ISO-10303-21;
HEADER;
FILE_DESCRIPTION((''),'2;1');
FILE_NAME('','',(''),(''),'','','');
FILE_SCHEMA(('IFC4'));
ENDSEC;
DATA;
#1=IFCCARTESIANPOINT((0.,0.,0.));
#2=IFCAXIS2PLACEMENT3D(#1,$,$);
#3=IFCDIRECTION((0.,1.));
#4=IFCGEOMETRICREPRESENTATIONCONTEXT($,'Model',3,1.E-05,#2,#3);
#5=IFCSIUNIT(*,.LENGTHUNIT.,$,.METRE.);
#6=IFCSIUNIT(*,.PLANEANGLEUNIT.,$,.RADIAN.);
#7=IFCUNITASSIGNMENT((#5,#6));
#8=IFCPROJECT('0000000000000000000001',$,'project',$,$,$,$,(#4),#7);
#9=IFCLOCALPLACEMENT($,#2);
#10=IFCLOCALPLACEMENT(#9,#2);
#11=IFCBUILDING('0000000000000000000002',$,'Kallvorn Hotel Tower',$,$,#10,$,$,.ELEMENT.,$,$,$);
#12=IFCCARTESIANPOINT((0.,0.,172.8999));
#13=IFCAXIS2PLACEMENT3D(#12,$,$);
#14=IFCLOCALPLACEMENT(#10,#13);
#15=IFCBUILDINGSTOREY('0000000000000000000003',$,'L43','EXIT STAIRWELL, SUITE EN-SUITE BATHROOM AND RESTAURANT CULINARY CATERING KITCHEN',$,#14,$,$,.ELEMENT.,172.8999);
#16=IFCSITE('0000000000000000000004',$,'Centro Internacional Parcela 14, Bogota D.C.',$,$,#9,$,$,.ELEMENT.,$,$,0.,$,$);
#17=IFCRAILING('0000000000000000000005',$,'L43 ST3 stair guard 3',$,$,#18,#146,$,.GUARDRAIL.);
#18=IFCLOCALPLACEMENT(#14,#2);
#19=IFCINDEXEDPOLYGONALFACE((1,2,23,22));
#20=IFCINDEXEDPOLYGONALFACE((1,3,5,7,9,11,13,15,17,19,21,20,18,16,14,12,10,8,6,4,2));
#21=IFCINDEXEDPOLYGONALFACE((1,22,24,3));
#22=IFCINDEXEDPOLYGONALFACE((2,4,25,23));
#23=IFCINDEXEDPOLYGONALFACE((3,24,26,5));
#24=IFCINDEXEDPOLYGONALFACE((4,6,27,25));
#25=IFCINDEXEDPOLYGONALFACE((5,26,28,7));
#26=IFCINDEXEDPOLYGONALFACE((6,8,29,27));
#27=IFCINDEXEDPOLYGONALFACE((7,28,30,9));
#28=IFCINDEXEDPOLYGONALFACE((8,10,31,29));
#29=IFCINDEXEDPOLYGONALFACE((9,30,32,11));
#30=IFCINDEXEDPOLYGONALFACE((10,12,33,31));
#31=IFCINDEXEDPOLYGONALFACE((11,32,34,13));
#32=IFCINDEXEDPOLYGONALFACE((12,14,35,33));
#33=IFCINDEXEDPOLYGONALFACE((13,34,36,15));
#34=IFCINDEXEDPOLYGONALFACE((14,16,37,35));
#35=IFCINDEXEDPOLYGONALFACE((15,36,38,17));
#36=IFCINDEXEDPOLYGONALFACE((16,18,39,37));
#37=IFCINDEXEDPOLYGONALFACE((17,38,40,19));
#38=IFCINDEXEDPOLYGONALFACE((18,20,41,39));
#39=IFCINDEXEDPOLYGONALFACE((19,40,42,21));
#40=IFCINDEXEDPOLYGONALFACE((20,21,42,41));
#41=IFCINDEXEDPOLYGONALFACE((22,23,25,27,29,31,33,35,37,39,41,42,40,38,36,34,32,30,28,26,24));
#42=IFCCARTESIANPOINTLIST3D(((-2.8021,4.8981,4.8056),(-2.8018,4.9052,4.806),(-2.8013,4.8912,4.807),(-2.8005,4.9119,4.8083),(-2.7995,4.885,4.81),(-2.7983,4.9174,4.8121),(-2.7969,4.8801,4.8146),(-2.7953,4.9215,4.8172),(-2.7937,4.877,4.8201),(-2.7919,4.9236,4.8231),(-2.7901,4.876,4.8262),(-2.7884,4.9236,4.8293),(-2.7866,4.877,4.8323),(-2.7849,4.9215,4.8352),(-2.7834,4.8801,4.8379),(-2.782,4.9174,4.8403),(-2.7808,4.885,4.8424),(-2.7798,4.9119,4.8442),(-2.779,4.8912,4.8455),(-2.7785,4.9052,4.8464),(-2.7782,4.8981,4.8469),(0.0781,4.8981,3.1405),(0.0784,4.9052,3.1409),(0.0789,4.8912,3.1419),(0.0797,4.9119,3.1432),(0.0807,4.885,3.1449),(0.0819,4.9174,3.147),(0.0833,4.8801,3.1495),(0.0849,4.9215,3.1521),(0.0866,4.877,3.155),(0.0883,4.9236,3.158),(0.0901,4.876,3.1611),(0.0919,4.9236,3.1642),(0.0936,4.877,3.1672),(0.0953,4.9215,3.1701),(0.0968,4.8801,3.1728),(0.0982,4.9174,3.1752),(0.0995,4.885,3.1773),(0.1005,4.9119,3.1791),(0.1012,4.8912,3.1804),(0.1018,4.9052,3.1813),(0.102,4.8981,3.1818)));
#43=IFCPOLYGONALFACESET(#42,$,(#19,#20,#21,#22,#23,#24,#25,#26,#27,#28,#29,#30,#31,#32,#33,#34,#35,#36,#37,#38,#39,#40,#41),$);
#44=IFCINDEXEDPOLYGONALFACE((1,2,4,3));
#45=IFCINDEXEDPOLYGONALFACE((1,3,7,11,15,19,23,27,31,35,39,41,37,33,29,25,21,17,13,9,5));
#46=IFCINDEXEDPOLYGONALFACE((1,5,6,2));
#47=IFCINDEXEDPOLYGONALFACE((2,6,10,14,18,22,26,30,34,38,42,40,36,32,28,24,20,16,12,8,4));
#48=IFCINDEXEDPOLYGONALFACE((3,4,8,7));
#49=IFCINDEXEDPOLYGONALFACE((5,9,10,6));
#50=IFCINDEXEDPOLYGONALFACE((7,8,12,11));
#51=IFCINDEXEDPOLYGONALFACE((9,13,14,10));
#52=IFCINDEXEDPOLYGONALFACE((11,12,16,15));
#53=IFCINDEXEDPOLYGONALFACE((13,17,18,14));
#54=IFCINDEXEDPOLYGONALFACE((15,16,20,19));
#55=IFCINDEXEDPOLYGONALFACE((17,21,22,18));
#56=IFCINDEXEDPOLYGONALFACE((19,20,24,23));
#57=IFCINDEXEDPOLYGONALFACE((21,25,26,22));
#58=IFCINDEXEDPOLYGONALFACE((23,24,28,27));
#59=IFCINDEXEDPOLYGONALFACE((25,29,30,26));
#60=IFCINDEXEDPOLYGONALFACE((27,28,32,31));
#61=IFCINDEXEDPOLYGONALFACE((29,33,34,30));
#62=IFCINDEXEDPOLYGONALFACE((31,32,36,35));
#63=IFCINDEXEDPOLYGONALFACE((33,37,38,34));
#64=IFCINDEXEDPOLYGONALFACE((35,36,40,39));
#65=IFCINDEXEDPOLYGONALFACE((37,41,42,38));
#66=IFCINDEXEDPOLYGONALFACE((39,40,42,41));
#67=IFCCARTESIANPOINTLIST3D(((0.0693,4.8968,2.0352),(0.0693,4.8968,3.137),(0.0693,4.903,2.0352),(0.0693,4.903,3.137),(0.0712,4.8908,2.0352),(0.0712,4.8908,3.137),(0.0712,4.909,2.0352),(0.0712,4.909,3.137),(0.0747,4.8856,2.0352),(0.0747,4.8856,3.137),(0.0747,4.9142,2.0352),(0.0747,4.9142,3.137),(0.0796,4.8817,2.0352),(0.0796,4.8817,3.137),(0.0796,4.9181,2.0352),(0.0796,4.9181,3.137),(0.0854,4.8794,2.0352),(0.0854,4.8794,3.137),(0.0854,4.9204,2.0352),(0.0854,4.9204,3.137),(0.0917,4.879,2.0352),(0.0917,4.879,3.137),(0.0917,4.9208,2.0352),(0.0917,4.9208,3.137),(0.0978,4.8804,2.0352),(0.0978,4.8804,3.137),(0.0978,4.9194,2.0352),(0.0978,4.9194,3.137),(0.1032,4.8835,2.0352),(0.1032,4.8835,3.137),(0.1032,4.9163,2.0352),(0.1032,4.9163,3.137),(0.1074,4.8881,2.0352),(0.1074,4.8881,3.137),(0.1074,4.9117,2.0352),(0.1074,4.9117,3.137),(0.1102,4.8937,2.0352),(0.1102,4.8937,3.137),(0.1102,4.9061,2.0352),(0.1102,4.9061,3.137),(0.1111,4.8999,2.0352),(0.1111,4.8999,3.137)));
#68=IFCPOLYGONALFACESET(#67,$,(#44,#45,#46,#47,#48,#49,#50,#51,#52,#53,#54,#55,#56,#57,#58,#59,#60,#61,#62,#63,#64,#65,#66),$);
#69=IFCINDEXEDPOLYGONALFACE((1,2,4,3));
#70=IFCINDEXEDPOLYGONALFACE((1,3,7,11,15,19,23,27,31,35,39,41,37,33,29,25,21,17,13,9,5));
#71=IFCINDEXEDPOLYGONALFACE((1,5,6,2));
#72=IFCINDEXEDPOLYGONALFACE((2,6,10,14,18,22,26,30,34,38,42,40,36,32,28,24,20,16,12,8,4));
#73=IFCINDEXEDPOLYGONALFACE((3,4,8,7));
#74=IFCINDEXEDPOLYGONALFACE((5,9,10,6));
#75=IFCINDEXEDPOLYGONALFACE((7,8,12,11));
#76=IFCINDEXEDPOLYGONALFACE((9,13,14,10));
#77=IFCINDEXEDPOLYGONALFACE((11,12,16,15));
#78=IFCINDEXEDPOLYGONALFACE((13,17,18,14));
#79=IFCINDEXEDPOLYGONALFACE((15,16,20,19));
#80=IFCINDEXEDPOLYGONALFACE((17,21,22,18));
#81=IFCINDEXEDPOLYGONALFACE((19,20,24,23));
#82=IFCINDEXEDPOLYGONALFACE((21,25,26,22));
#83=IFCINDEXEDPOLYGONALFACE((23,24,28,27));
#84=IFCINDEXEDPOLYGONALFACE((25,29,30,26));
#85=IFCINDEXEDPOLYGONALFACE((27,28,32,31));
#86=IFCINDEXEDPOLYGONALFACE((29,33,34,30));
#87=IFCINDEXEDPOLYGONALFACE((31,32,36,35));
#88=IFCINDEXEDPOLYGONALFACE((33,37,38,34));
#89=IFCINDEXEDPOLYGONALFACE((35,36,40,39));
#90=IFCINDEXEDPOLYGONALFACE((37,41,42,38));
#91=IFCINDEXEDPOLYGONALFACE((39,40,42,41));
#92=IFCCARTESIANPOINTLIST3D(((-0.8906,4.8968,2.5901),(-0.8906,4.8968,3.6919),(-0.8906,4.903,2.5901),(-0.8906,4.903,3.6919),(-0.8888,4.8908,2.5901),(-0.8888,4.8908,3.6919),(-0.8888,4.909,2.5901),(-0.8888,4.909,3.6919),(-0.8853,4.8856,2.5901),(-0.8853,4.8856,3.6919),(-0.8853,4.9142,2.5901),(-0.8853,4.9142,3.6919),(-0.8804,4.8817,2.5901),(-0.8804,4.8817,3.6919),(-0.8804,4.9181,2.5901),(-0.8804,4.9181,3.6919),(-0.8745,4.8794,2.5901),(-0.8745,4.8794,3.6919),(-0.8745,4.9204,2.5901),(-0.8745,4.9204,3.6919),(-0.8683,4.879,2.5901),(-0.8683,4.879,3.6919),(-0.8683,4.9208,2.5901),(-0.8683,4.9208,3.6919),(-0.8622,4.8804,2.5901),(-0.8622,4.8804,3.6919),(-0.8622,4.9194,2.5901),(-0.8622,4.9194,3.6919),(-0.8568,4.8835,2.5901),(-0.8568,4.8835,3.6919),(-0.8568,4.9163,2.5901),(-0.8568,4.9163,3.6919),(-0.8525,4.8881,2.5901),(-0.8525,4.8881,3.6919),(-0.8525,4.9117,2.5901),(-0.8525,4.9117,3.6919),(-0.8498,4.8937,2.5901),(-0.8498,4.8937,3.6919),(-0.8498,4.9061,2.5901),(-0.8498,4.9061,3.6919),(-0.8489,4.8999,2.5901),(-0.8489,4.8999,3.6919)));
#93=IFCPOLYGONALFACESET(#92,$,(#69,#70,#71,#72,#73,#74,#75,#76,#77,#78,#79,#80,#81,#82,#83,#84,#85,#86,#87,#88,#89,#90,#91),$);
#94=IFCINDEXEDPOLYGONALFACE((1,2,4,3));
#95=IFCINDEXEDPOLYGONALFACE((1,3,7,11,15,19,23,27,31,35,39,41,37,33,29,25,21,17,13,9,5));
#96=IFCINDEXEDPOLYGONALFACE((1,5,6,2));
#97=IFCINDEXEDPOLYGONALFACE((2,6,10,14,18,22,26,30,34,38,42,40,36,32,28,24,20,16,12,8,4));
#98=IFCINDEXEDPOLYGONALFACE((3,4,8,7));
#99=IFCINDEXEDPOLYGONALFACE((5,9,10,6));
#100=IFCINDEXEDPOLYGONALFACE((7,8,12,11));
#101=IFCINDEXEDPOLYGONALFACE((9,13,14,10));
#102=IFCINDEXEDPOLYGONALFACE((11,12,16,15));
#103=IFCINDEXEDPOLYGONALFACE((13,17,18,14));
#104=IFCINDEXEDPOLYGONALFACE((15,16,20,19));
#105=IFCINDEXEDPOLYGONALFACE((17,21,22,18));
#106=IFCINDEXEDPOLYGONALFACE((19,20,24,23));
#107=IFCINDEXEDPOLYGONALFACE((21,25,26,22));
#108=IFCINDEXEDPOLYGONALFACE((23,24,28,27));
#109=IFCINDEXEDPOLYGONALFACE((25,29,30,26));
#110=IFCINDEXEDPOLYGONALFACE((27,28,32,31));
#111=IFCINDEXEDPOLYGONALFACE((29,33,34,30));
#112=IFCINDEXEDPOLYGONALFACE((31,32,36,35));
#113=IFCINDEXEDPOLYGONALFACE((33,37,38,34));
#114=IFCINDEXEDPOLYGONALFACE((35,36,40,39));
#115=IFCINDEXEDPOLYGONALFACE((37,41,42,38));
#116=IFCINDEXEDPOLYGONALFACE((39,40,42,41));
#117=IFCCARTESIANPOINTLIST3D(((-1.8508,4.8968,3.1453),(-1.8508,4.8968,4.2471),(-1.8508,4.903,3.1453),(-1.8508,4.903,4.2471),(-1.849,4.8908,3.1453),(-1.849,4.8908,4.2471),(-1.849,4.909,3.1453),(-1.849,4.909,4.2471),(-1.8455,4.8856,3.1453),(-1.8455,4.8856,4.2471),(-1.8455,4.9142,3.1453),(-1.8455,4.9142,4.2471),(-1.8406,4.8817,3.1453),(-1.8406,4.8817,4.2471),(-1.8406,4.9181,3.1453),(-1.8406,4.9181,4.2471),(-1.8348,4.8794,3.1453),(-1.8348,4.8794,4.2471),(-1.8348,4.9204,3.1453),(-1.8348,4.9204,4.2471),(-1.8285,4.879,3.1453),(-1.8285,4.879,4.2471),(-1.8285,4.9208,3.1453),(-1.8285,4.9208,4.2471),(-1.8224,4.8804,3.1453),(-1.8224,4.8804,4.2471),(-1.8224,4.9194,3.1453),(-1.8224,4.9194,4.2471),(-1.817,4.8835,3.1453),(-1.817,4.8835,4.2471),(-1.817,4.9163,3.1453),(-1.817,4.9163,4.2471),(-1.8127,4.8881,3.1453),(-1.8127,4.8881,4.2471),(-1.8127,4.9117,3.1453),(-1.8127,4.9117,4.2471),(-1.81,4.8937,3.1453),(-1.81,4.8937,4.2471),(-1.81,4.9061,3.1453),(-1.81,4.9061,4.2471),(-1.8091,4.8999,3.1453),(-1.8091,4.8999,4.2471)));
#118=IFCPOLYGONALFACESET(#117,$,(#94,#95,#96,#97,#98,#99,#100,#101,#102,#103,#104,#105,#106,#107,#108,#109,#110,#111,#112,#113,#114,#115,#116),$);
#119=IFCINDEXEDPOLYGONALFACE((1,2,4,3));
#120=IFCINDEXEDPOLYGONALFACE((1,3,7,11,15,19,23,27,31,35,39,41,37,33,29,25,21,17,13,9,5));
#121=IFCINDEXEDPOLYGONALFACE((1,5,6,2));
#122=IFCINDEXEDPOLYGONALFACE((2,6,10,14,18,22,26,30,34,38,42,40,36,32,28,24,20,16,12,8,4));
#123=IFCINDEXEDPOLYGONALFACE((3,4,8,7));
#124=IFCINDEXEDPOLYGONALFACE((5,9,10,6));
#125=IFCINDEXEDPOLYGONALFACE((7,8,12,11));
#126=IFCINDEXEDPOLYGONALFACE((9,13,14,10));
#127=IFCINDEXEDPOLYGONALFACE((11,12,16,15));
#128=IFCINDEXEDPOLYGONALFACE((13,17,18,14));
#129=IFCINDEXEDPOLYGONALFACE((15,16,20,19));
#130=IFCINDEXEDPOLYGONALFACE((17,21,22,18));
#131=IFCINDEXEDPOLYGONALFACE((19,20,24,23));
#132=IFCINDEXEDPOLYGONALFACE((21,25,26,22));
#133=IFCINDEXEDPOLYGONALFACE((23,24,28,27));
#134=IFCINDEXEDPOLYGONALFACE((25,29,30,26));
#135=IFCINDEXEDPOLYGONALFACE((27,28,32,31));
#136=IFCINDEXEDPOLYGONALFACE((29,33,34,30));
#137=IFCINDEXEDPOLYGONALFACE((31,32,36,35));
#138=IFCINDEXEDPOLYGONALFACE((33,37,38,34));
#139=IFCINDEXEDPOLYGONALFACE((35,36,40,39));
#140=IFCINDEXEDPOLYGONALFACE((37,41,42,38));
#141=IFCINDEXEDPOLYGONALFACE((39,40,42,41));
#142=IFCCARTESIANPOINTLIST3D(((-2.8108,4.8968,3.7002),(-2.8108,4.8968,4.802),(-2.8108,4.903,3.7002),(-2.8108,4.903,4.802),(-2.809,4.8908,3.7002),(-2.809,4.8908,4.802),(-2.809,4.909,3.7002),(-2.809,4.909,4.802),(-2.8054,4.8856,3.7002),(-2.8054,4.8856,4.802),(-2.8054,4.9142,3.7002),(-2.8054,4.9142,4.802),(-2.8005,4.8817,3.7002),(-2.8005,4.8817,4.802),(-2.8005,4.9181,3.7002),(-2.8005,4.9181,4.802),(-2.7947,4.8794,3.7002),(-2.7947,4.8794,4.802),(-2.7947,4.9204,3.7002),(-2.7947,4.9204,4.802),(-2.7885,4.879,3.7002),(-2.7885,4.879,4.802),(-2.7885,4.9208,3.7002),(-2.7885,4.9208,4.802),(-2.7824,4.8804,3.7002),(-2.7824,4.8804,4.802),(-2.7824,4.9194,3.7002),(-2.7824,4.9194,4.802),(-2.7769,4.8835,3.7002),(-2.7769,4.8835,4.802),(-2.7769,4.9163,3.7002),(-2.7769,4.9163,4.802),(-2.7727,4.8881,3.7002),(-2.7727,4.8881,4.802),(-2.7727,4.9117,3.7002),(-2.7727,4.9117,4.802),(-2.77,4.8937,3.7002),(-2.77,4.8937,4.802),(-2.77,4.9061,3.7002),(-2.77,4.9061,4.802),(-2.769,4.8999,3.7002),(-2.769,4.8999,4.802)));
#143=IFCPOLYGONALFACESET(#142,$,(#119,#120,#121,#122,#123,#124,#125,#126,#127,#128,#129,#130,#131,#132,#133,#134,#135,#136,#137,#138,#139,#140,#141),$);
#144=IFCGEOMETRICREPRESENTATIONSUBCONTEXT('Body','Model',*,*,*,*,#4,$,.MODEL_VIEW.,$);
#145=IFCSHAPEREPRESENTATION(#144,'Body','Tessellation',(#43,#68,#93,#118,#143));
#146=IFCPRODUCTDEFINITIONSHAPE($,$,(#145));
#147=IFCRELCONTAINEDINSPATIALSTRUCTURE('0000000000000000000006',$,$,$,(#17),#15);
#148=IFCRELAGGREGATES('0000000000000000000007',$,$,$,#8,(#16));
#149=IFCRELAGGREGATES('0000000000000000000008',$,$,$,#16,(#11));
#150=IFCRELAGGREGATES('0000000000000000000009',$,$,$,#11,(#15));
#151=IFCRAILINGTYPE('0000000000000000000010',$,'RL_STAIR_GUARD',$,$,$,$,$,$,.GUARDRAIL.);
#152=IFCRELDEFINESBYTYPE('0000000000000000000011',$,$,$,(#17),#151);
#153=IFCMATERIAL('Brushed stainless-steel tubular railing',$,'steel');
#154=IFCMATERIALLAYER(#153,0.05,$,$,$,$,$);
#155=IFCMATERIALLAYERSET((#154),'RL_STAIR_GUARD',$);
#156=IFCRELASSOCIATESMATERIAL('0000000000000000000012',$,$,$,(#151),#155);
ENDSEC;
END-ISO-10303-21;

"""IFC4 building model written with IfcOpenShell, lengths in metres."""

from ifc_helpers import new_model, si_unit, direction, frame, origin, origin_2d, place, context, subcontext, project, spatial, circle, extrude, material, layer, layer_set, type_object, element, save


model = new_model("IFC4")

# Units and contexts
model_context = context("Model", 3, precision=1e-05, world=origin(), true_north=direction((0.0, 1.0)))
body_context = subcontext(model_context, "Body", "Model", "MODEL_VIEW")
ifc_project = project(units=[si_unit("LENGTHUNIT", "METRE"), si_unit("PLANEANGLEUNIT", "RADIAN")], contexts=[model_context])

# Site, building, storey
site_placement = place(None, origin())
site = spatial("IfcSite", under=ifc_project, at=site_placement, Name="Centro Internacional Parcela 14, Bogota D.C.", CompositionType="ELEMENT", RefElevation=0.0)
building_placement = place(site_placement, origin())
building = spatial("IfcBuilding", under=site, at=building_placement, Name="Kallvorn Hotel Tower", CompositionType="ELEMENT")
storey_placement = place(building_placement, frame((0.0, 0.0, 172.8999)))
storey = spatial("IfcBuildingStorey", under=building, at=storey_placement, Name="L43", Description="EXIT STAIRWELL, SUITE EN-SUITE BATHROOM AND RESTAURANT CULINARY CATERING KITCHEN", CompositionType="ELEMENT", Elevation=172.8999)

# Railing
ifc_material_1 = material(Name="Brushed stainless-steel tubular railing", Category="steel")
ifc_layer_1 = layer(ifc_material_1, 0.05)
ifc_layer_set_1 = layer_set([ifc_layer_1], Name="RL_STAIR_GUARD")
railing_type_1 = type_object("IfcRailingType", Name="RL_STAIR_GUARD", PredefinedType="GUARDRAIL", material=ifc_layer_set_1)
railing_1_placement = place(storey_placement, frame((0.0901, 4.8999, 2.0352)))
element("IfcRailing", 1, at=railing_1_placement, inside=storey, type_object=railing_type_1, Name="L43 ST3 stair guard 3", PredefinedType="GUARDRAIL", context=body_context, shape_type="SweptSolid", body=[
    extrude(circle(Radius=0.0239, at=origin_2d()), frame((0.0, 0.0, 1.126), z_axis=(-0.865739, 0.0, 0.500495), x_axis=(0.0, -1.0, 0.0)), (0.0, 0.0, 1.0), 3.3269),
    extrude(circle(Radius=0.021, at=origin_2d()), origin(), (0.0, 0.0, 1.0), 1.1018),
    extrude(circle(Radius=0.021, at=origin_2d()), frame((-0.96, 0.0, 0.5549)), (0.0, 0.0, 1.0), 1.1018),
    extrude(circle(Radius=0.021, at=origin_2d()), frame((-1.9202, 0.0, 1.1101)), (0.0, 0.0, 1.0), 1.1018),
    extrude(circle(Radius=0.021, at=origin_2d()), frame((-2.8801, 0.0, 1.665)), (0.0, 0.0, 1.0), 1.1018),
])

save(model, "model.ifc")
